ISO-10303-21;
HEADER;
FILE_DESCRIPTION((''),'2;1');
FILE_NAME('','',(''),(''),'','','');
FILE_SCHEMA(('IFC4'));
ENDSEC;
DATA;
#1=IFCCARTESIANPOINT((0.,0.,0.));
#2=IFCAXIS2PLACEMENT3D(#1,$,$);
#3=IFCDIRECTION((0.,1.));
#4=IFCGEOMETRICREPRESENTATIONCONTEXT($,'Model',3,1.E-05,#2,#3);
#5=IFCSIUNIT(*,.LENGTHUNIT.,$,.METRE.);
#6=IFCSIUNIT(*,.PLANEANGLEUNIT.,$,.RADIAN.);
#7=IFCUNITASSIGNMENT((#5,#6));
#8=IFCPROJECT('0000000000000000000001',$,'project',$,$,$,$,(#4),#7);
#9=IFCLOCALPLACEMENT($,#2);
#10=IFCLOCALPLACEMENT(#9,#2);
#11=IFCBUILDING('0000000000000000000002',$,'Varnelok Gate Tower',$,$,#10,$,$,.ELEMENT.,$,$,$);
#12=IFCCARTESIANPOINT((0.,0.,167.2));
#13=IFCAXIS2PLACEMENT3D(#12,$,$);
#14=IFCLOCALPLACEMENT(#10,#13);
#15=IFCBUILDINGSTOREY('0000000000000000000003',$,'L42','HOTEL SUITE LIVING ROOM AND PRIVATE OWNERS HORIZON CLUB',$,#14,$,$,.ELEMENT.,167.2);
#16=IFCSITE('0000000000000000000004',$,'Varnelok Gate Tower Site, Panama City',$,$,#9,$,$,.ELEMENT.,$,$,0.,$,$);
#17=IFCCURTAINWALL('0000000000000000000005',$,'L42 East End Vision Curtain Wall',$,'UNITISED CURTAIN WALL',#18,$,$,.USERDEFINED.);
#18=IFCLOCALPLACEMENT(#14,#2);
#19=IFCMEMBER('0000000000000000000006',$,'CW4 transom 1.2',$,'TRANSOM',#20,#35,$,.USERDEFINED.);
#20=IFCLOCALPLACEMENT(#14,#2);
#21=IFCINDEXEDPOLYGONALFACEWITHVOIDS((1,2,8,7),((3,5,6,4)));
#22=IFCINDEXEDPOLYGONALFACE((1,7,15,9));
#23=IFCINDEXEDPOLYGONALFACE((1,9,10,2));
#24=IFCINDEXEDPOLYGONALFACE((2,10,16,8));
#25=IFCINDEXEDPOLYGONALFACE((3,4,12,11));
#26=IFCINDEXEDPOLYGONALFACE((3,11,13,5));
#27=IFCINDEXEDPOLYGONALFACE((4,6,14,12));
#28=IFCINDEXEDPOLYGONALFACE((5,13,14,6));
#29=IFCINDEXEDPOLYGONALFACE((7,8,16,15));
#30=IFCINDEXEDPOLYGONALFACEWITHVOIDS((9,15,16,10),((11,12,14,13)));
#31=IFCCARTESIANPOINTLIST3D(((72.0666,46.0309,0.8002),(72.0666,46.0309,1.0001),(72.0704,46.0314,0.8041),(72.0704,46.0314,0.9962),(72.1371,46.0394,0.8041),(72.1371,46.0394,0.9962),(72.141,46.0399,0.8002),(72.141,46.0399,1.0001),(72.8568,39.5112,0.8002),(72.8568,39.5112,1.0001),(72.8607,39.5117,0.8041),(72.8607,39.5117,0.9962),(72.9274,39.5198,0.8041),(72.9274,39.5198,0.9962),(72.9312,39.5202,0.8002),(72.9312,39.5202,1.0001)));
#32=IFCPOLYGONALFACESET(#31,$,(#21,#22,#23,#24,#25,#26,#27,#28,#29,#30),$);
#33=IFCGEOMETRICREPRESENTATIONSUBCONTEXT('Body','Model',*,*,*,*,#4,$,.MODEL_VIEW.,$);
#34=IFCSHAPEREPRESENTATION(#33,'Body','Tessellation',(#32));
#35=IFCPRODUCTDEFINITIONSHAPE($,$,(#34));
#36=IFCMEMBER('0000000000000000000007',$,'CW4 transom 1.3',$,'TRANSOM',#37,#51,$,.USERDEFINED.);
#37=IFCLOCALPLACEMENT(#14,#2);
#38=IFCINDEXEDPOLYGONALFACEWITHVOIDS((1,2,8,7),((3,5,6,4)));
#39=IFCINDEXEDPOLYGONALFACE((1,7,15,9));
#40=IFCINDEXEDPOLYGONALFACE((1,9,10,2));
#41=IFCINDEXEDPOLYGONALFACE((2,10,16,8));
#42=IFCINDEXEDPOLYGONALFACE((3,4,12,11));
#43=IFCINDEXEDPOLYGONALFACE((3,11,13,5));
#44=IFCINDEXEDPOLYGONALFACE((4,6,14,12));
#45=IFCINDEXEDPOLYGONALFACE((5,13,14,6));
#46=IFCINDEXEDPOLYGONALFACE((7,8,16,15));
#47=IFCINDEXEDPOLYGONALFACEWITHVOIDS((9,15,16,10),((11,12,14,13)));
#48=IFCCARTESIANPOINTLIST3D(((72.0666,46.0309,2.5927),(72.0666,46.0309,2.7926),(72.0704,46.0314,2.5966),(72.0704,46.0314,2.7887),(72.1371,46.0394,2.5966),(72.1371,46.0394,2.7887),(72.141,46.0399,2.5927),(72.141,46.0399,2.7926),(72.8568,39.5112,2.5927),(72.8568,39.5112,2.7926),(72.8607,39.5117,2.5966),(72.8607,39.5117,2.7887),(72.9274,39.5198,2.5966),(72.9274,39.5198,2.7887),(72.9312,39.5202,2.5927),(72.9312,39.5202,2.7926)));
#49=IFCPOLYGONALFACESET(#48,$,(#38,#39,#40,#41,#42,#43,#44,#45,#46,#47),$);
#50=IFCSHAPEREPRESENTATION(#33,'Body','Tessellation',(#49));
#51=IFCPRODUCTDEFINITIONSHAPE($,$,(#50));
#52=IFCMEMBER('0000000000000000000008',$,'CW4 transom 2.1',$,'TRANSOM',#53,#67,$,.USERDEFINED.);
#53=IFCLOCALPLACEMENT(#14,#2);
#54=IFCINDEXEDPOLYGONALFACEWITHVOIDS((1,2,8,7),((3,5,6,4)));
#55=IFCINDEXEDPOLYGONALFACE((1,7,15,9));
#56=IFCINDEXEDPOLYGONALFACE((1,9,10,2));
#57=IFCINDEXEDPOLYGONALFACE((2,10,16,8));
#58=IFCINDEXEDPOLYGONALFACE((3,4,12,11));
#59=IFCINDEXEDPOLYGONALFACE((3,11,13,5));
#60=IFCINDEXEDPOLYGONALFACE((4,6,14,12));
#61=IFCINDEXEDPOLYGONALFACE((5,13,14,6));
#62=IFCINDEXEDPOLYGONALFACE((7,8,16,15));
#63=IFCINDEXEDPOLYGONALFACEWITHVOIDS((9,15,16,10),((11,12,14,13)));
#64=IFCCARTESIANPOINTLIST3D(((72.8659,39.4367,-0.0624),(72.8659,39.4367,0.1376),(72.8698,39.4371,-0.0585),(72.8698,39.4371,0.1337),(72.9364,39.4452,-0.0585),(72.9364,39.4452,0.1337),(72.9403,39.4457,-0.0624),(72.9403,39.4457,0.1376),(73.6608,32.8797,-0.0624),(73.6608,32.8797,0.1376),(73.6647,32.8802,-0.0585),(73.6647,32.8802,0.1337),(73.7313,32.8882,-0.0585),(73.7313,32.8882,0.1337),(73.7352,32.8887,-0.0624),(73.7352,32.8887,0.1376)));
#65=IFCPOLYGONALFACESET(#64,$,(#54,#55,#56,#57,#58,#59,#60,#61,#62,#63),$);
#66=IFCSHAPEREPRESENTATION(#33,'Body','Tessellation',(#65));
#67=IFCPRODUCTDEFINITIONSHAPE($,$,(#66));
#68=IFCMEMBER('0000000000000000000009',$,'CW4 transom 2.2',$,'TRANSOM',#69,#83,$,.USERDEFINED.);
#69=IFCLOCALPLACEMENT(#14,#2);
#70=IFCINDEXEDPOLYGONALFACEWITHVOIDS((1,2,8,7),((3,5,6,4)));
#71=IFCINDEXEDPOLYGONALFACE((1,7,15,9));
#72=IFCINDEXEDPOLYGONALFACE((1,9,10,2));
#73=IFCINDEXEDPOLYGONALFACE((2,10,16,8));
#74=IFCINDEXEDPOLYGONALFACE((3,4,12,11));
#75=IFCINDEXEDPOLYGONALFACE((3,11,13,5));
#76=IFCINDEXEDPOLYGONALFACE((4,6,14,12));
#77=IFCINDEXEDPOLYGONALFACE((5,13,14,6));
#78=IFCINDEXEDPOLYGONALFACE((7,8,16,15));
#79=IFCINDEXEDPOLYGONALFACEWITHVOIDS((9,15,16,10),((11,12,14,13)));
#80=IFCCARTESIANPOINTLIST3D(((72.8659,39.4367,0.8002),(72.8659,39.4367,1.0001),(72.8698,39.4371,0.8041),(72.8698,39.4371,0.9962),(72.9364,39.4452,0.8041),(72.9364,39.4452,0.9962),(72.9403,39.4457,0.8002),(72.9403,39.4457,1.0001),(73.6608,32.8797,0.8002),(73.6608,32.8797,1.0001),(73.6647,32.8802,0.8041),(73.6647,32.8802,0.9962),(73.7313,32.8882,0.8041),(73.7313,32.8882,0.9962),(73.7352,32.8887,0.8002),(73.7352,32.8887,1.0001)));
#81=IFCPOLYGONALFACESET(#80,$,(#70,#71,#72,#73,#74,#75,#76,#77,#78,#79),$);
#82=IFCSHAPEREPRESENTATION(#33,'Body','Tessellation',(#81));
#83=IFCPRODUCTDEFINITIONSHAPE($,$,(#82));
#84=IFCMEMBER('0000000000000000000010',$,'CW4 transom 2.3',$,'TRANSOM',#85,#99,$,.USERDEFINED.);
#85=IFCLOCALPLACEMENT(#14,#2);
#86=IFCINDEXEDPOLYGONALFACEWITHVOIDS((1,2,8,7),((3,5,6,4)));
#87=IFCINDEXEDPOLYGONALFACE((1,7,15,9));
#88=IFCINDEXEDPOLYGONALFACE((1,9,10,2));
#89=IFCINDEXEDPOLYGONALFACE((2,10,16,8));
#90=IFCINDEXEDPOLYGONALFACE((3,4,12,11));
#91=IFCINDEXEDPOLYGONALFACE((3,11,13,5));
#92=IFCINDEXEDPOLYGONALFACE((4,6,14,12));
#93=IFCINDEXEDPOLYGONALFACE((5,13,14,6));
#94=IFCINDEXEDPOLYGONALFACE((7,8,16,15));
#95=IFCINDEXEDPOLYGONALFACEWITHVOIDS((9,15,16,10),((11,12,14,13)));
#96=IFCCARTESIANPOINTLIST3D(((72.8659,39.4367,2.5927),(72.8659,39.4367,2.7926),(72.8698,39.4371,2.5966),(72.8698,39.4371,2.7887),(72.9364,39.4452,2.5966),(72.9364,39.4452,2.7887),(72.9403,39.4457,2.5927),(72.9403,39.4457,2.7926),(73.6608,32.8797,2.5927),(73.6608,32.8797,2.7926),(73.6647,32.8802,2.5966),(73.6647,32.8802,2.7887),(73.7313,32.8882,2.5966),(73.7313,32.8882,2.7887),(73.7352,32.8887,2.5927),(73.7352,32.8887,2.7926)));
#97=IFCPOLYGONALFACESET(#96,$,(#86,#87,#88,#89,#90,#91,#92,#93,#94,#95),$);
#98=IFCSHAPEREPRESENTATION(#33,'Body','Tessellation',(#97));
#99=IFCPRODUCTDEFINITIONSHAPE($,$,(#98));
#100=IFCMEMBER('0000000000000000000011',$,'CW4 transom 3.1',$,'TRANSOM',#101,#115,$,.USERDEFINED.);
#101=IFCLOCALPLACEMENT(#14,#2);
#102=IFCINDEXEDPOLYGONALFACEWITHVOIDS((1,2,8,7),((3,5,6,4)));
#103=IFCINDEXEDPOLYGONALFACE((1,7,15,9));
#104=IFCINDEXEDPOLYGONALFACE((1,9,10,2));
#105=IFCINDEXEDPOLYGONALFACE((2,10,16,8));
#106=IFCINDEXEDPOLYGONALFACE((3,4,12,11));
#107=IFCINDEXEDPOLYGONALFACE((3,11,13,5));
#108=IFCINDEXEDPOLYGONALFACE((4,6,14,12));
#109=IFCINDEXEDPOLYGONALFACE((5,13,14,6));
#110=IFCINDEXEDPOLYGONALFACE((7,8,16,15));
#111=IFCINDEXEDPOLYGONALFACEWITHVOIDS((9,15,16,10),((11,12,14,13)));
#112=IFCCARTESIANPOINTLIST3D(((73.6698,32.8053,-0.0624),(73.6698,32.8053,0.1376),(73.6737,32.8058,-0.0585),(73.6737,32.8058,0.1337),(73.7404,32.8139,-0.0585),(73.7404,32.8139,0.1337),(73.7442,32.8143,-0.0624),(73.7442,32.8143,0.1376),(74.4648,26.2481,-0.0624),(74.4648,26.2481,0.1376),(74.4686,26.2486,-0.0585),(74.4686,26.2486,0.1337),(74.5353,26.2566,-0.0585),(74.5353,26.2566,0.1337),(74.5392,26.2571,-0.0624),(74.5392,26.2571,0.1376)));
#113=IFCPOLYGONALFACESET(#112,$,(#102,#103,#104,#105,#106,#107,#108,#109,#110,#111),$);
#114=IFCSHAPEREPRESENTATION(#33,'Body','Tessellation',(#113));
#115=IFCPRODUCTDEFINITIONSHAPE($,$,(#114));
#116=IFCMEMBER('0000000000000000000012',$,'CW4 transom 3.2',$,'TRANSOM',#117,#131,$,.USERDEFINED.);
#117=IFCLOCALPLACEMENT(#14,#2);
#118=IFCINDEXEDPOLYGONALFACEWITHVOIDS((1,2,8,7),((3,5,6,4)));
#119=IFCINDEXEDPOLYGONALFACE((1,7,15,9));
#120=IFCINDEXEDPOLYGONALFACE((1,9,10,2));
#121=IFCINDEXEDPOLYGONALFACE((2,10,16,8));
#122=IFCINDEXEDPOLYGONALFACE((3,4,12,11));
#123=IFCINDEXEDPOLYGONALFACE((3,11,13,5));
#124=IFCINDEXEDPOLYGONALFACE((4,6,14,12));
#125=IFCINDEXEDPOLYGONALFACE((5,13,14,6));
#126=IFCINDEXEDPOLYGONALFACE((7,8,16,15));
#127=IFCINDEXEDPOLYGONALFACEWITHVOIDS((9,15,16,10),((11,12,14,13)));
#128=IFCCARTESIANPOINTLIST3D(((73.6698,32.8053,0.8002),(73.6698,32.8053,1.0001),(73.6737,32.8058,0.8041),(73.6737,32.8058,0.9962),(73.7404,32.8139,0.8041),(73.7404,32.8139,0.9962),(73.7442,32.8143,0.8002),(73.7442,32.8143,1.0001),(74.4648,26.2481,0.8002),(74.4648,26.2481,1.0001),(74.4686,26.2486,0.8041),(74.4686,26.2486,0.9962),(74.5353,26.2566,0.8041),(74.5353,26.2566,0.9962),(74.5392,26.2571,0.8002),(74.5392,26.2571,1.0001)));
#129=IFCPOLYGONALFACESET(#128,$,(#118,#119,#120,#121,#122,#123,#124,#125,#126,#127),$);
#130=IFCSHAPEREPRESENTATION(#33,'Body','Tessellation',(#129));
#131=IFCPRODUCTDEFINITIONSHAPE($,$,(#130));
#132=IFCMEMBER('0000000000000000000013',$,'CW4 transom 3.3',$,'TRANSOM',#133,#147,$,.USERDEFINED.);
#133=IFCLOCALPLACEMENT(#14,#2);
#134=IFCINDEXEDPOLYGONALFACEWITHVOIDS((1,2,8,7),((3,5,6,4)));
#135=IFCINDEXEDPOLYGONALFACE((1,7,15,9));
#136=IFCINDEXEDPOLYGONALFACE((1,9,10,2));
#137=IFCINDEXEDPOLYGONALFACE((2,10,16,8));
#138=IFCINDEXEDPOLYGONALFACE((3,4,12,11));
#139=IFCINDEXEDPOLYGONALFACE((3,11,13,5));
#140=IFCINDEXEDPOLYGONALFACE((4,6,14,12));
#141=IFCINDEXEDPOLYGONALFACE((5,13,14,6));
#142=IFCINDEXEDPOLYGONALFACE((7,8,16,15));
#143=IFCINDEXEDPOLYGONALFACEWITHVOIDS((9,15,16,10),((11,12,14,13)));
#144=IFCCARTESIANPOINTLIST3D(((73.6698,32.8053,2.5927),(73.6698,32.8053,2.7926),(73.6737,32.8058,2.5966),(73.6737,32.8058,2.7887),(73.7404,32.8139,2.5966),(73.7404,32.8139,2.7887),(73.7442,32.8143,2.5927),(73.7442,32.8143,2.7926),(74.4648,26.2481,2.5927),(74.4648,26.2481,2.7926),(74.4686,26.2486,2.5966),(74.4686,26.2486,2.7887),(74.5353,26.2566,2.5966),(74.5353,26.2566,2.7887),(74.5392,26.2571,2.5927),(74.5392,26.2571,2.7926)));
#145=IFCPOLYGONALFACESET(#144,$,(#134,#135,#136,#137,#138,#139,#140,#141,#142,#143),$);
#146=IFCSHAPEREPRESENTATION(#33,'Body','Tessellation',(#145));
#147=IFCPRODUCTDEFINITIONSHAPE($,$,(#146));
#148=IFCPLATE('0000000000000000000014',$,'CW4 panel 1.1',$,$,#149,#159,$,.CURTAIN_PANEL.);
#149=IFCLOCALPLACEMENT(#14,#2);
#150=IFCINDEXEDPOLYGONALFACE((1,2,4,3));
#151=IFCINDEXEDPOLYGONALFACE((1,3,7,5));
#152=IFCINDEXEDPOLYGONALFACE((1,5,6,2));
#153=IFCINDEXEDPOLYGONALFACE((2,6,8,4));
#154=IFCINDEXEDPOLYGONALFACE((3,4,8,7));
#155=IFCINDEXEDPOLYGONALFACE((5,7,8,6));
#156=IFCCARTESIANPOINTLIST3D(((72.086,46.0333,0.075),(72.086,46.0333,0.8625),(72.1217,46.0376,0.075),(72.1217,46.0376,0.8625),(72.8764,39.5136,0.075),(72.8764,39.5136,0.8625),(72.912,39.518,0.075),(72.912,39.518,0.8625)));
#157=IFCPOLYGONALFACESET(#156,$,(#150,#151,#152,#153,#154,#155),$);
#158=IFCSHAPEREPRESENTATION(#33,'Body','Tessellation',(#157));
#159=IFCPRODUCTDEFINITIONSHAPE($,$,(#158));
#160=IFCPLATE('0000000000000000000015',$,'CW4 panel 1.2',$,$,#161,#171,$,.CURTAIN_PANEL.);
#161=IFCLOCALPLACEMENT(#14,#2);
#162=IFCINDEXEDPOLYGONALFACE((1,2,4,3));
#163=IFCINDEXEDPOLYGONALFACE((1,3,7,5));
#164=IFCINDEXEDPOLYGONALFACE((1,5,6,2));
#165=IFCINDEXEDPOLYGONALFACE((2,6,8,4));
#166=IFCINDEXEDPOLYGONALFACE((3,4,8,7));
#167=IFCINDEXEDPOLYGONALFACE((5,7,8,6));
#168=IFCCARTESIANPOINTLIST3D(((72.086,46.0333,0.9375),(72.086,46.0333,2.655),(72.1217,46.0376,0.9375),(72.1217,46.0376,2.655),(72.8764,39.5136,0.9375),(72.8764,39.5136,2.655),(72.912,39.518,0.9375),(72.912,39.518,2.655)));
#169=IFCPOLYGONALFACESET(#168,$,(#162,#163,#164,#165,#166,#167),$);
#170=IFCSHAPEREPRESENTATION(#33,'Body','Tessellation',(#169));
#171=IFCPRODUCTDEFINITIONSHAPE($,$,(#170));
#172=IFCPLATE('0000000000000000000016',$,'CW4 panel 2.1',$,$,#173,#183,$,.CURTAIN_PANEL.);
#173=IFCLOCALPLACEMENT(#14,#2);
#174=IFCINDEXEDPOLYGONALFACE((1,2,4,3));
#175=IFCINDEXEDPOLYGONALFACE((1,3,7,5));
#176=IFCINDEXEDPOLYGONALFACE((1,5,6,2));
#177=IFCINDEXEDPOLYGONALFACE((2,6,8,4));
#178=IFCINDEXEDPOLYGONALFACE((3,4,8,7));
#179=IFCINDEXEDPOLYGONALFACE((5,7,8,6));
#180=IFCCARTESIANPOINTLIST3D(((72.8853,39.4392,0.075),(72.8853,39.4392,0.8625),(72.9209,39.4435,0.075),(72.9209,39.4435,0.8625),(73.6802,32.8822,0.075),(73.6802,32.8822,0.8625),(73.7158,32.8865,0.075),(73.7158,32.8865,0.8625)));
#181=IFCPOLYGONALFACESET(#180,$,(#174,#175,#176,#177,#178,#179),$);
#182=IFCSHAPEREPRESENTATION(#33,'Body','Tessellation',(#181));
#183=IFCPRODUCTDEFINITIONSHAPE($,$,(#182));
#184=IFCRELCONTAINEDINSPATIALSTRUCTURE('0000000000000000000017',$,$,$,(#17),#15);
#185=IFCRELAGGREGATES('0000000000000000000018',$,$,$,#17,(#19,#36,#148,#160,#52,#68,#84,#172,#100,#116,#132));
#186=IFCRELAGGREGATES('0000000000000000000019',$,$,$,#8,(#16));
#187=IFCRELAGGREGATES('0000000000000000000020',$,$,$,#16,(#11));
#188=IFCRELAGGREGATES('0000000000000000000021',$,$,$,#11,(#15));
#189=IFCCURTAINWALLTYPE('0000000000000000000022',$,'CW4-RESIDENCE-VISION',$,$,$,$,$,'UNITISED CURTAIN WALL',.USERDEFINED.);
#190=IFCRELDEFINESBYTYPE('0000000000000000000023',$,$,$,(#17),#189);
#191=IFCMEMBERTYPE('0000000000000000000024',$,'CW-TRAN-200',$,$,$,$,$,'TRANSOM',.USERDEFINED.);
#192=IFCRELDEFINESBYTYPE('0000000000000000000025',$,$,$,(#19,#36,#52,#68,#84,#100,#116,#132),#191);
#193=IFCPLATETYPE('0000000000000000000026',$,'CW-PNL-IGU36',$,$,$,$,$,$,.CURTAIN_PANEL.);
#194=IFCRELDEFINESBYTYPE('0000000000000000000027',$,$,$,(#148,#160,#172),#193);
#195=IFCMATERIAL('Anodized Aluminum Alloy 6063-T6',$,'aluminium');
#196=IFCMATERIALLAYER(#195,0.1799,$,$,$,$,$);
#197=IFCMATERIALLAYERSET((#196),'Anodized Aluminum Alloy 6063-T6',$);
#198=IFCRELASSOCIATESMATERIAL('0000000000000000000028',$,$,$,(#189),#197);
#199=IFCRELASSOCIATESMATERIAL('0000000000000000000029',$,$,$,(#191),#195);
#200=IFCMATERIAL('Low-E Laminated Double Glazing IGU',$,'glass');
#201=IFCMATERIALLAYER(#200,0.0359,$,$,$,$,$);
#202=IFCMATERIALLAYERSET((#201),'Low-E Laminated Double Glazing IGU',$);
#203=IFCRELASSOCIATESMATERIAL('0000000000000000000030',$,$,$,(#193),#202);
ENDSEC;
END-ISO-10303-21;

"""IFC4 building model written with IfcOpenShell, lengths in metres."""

from ifc_helpers import new_model, si_unit, direction, frame, origin, origin_2d, place, context, subcontext, project, spatial, rectangle, hollow_rectangle, extrude, source, transform, mapped, material, layer, layer_set, material_profile, profile_set, type_object, element, aggregate, save


model = new_model("IFC4")

# Units and contexts
model_context = context("Model", 3, precision=1e-05, world=origin(), true_north=direction((0.0, 1.0)))
body_context = subcontext(model_context, "Body", "Model", "MODEL_VIEW")
ifc_project = project(units=[si_unit("LENGTHUNIT", "METRE"), si_unit("PLANEANGLEUNIT", "RADIAN")], contexts=[model_context])

# Site, building, storey
site_placement = place(None, origin())
site = spatial("IfcSite", under=ifc_project, at=site_placement, Name="Varnelok Gate Tower Site, Panama City", CompositionType="ELEMENT", RefElevation=0.0)
building_placement = place(site_placement, origin())
building = spatial("IfcBuilding", under=site, at=building_placement, Name="Varnelok Gate Tower", CompositionType="ELEMENT")
storey_placement = place(building_placement, frame((0.0, 0.0, 167.2)))
storey = spatial("IfcBuildingStorey", under=building, at=storey_placement, Name="L42", Description="HOTEL SUITE LIVING ROOM AND PRIVATE OWNERS HORIZON CLUB", CompositionType="ELEMENT", Elevation=167.2)

# Curtain wall, members, plates
ifc_material_1 = material(Name="Anodized Aluminum Alloy 6063-T6", Category="aluminium")
ifc_layer_1 = layer(ifc_material_1, 0.1799)
ifc_layer_set_1 = layer_set([ifc_layer_1], Name="Anodized Aluminum Alloy 6063-T6")
curtain_wall_type = type_object("IfcCurtainWallType", Name="CW4-RESIDENCE-VISION", ElementType="UNITISED CURTAIN WALL", PredefinedType="USERDEFINED", material=ifc_layer_set_1)
curtain_wall_placement = place(storey_placement, origin())
curtain_wall = element("IfcCurtainWall", 1, at=curtain_wall_placement, inside=storey, type_object=curtain_wall_type, Name="L42 East End Vision Curtain Wall", ObjectType="UNITISED CURTAIN WALL", PredefinedType="USERDEFINED")
ifc_material_profile_1 = material_profile(ifc_material_1, hollow_rectangle(XDim=0.075, YDim=0.2, WallThickness=0.0039, at=origin_2d()), Name="ALU200X75X4")
ifc_profile_set_1 = profile_set([ifc_material_profile_1], Name="Anodized Aluminum Alloy 6063-T6")
member_type_1 = type_object("IfcMemberType", Name="CW-TRAN-200", ElementType="TRANSOM", PredefinedType="USERDEFINED", material=ifc_profile_set_1)
member_1_placement = place(storey_placement, frame((72.1038, 46.0354, 0.9001), z_axis=(0.120332, -0.992734, 0.0), x_axis=(0.992734, 0.120332, 0.0)))
member_1 = element("IfcMember", 2, at=member_1_placement, type_object=member_type_1, Name="CW4 transom 1.2", ObjectType="TRANSOM", PredefinedType="USERDEFINED", context=body_context, shape_type="SweptSolid", body=[
    extrude(hollow_rectangle(XDim=0.075, YDim=0.2, WallThickness=0.0039, at=origin_2d()), origin(), (0.0, 0.0, 1.0), 6.5674),
])
member_2_placement = place(storey_placement, frame((72.1038, 46.0354, 2.6926), z_axis=(0.120332, -0.992734, 0.0), x_axis=(0.992734, 0.120332, 0.0)))
member_2 = element("IfcMember", 3, at=member_2_placement, type_object=member_type_1, Name="CW4 transom 1.3", ObjectType="TRANSOM", PredefinedType="USERDEFINED", context=body_context, shape_type="SweptSolid", body=[
    extrude(hollow_rectangle(XDim=0.075, YDim=0.2, WallThickness=0.0039, at=origin_2d()), origin(), (0.0, 0.0, 1.0), 6.5674),
])
member_3_placement = place(storey_placement, frame((72.9031, 39.4412, 0.0376), z_axis=(0.120353, -0.992731, 0.0), x_axis=(0.992731, 0.120353, 0.0)))
member_3 = element("IfcMember", 4, at=member_3_placement, type_object=member_type_1, Name="CW4 transom 2.1", ObjectType="TRANSOM", PredefinedType="USERDEFINED", context=body_context, shape_type="SweptSolid", body=[
    extrude(hollow_rectangle(XDim=0.075, YDim=0.2, WallThickness=0.0039, at=origin_2d()), origin(), (0.0, 0.0, 1.0), 6.605),
])
member_4_placement = place(storey_placement, frame((72.9031, 39.4412, 0.9001), z_axis=(0.120353, -0.992731, 0.0), x_axis=(0.992731, 0.120353, 0.0)))
member_4 = element("IfcMember", 5, at=member_4_placement, type_object=member_type_1, Name="CW4 transom 2.2", ObjectType="TRANSOM", PredefinedType="USERDEFINED", context=body_context, shape_type="SweptSolid", body=[
    extrude(hollow_rectangle(XDim=0.075, YDim=0.2, WallThickness=0.0039, at=origin_2d()), origin(), (0.0, 0.0, 1.0), 6.605),
])
member_5_placement = place(storey_placement, frame((72.9031, 39.4412, 2.6926), z_axis=(0.120353, -0.992731, 0.0), x_axis=(0.992731, 0.120353, 0.0)))
member_5 = element("IfcMember", 6, at=member_5_placement, type_object=member_type_1, Name="CW4 transom 2.3", ObjectType="TRANSOM", PredefinedType="USERDEFINED", context=body_context, shape_type="SweptSolid", body=[
    extrude(hollow_rectangle(XDim=0.075, YDim=0.2, WallThickness=0.0039, at=origin_2d()), origin(), (0.0, 0.0, 1.0), 6.605),
])
member_6_placement = place(storey_placement, frame((73.707, 32.8098, 0.0376), z_axis=(0.120349, -0.992732, 0.0), x_axis=(0.992732, 0.120349, 0.0)))
member_6 = element("IfcMember", 7, at=member_6_placement, type_object=member_type_1, Name="CW4 transom 3.1", ObjectType="TRANSOM", PredefinedType="USERDEFINED", context=body_context, shape_type="SweptSolid", body=[
    extrude(hollow_rectangle(XDim=0.075, YDim=0.2, WallThickness=0.0039, at=origin_2d()), origin(), (0.0, 0.0, 1.0), 6.6052),
])
member_7_placement = place(storey_placement, frame((73.707, 32.8098, 0.9001), z_axis=(0.120349, -0.992732, 0.0), x_axis=(0.992732, 0.120349, 0.0)))
member_7 = element("IfcMember", 8, at=member_7_placement, type_object=member_type_1, Name="CW4 transom 3.2", ObjectType="TRANSOM", PredefinedType="USERDEFINED", context=body_context, shape_type="SweptSolid", body=[
    extrude(hollow_rectangle(XDim=0.075, YDim=0.2, WallThickness=0.0039, at=origin_2d()), origin(), (0.0, 0.0, 1.0), 6.6052),
])
member_8_placement = place(storey_placement, frame((73.707, 32.8098, 2.6926), z_axis=(0.120349, -0.992732, 0.0), x_axis=(0.992732, 0.120349, 0.0)))
member_8 = element("IfcMember", 9, at=member_8_placement, type_object=member_type_1, Name="CW4 transom 3.3", ObjectType="TRANSOM", PredefinedType="USERDEFINED", context=body_context, shape_type="SweptSolid", body=[
    extrude(hollow_rectangle(XDim=0.075, YDim=0.2, WallThickness=0.0039, at=origin_2d()), origin(), (0.0, 0.0, 1.0), 6.6052),
])
ifc_material_2 = material(Name="Low-E Laminated Double Glazing IGU", Category="glass")
ifc_layer_2 = layer(ifc_material_2, 0.0359)
ifc_layer_set_2 = layer_set([ifc_layer_2], Name="Low-E Laminated Double Glazing IGU")
plate_type = type_object("IfcPlateType", Name="CW-PNL-IGU36", PredefinedType="CURTAIN_PANEL", material=ifc_layer_set_2)
shared_shape_1 = source(origin(), body_context, "Body", "SweptSolid", [
    extrude(rectangle(XDim=6.5674, YDim=0.0359, at=origin_2d()), origin(), (0.0, 0.0, 1.0), 0.7876),
])
plate_1_placement = place(storey_placement, frame((72.499, 42.7756, 0.075), z_axis=(0.0, 0.0, 1.0), x_axis=(0.120345, -0.992732, 0.0)))
plate_1 = element("IfcPlate", 10, at=plate_1_placement, type_object=plate_type, Name="CW4 panel 1.1", PredefinedType="CURTAIN_PANEL", context=body_context, shape_type="MappedRepresentation", body=[
    mapped(shared_shape_1, transform((0.0, 0.0, 0.0), scale=1.0)),
])
shared_shape_2 = source(origin(), body_context, "Body", "SweptSolid", [
    extrude(rectangle(XDim=6.5674, YDim=0.0359, at=origin_2d()), origin(), (0.0, 0.0, 1.0), 1.7175),
])
plate_2_placement = place(storey_placement, frame((72.499, 42.7756, 0.9375), z_axis=(0.0, 0.0, 1.0), x_axis=(0.120345, -0.992732, 0.0)))
plate_2 = element("IfcPlate", 11, at=plate_2_placement, type_object=plate_type, Name="CW4 panel 1.2", PredefinedType="CURTAIN_PANEL", context=body_context, shape_type="MappedRepresentation", body=[
    mapped(shared_shape_2, transform((0.0, 0.0, 0.0), scale=1.0)),
])
shared_shape_3 = source(origin(), body_context, "Body", "SweptSolid", [
    extrude(rectangle(XDim=6.605, YDim=0.0359, at=origin_2d()), origin(), (0.0, 0.0, 1.0), 0.7876),
])
plate_3_placement = place(storey_placement, frame((73.3005, 36.1628, 0.075), z_axis=(0.0, 0.0, 1.0), x_axis=(0.120345, -0.992732, 0.0)))
plate_3 = element("IfcPlate", 12, at=plate_3_placement, type_object=plate_type, Name="CW4 panel 2.1", PredefinedType="CURTAIN_PANEL", context=body_context, shape_type="MappedRepresentation", body=[
    mapped(shared_shape_3, transform((0.0, 0.0, 0.0), scale=1.0)),
])
aggregate(curtain_wall, [member_1, member_2, plate_1, plate_2, member_3, member_4, member_5, plate_3, member_6, member_7, member_8])

save(model, "model.ifc")
